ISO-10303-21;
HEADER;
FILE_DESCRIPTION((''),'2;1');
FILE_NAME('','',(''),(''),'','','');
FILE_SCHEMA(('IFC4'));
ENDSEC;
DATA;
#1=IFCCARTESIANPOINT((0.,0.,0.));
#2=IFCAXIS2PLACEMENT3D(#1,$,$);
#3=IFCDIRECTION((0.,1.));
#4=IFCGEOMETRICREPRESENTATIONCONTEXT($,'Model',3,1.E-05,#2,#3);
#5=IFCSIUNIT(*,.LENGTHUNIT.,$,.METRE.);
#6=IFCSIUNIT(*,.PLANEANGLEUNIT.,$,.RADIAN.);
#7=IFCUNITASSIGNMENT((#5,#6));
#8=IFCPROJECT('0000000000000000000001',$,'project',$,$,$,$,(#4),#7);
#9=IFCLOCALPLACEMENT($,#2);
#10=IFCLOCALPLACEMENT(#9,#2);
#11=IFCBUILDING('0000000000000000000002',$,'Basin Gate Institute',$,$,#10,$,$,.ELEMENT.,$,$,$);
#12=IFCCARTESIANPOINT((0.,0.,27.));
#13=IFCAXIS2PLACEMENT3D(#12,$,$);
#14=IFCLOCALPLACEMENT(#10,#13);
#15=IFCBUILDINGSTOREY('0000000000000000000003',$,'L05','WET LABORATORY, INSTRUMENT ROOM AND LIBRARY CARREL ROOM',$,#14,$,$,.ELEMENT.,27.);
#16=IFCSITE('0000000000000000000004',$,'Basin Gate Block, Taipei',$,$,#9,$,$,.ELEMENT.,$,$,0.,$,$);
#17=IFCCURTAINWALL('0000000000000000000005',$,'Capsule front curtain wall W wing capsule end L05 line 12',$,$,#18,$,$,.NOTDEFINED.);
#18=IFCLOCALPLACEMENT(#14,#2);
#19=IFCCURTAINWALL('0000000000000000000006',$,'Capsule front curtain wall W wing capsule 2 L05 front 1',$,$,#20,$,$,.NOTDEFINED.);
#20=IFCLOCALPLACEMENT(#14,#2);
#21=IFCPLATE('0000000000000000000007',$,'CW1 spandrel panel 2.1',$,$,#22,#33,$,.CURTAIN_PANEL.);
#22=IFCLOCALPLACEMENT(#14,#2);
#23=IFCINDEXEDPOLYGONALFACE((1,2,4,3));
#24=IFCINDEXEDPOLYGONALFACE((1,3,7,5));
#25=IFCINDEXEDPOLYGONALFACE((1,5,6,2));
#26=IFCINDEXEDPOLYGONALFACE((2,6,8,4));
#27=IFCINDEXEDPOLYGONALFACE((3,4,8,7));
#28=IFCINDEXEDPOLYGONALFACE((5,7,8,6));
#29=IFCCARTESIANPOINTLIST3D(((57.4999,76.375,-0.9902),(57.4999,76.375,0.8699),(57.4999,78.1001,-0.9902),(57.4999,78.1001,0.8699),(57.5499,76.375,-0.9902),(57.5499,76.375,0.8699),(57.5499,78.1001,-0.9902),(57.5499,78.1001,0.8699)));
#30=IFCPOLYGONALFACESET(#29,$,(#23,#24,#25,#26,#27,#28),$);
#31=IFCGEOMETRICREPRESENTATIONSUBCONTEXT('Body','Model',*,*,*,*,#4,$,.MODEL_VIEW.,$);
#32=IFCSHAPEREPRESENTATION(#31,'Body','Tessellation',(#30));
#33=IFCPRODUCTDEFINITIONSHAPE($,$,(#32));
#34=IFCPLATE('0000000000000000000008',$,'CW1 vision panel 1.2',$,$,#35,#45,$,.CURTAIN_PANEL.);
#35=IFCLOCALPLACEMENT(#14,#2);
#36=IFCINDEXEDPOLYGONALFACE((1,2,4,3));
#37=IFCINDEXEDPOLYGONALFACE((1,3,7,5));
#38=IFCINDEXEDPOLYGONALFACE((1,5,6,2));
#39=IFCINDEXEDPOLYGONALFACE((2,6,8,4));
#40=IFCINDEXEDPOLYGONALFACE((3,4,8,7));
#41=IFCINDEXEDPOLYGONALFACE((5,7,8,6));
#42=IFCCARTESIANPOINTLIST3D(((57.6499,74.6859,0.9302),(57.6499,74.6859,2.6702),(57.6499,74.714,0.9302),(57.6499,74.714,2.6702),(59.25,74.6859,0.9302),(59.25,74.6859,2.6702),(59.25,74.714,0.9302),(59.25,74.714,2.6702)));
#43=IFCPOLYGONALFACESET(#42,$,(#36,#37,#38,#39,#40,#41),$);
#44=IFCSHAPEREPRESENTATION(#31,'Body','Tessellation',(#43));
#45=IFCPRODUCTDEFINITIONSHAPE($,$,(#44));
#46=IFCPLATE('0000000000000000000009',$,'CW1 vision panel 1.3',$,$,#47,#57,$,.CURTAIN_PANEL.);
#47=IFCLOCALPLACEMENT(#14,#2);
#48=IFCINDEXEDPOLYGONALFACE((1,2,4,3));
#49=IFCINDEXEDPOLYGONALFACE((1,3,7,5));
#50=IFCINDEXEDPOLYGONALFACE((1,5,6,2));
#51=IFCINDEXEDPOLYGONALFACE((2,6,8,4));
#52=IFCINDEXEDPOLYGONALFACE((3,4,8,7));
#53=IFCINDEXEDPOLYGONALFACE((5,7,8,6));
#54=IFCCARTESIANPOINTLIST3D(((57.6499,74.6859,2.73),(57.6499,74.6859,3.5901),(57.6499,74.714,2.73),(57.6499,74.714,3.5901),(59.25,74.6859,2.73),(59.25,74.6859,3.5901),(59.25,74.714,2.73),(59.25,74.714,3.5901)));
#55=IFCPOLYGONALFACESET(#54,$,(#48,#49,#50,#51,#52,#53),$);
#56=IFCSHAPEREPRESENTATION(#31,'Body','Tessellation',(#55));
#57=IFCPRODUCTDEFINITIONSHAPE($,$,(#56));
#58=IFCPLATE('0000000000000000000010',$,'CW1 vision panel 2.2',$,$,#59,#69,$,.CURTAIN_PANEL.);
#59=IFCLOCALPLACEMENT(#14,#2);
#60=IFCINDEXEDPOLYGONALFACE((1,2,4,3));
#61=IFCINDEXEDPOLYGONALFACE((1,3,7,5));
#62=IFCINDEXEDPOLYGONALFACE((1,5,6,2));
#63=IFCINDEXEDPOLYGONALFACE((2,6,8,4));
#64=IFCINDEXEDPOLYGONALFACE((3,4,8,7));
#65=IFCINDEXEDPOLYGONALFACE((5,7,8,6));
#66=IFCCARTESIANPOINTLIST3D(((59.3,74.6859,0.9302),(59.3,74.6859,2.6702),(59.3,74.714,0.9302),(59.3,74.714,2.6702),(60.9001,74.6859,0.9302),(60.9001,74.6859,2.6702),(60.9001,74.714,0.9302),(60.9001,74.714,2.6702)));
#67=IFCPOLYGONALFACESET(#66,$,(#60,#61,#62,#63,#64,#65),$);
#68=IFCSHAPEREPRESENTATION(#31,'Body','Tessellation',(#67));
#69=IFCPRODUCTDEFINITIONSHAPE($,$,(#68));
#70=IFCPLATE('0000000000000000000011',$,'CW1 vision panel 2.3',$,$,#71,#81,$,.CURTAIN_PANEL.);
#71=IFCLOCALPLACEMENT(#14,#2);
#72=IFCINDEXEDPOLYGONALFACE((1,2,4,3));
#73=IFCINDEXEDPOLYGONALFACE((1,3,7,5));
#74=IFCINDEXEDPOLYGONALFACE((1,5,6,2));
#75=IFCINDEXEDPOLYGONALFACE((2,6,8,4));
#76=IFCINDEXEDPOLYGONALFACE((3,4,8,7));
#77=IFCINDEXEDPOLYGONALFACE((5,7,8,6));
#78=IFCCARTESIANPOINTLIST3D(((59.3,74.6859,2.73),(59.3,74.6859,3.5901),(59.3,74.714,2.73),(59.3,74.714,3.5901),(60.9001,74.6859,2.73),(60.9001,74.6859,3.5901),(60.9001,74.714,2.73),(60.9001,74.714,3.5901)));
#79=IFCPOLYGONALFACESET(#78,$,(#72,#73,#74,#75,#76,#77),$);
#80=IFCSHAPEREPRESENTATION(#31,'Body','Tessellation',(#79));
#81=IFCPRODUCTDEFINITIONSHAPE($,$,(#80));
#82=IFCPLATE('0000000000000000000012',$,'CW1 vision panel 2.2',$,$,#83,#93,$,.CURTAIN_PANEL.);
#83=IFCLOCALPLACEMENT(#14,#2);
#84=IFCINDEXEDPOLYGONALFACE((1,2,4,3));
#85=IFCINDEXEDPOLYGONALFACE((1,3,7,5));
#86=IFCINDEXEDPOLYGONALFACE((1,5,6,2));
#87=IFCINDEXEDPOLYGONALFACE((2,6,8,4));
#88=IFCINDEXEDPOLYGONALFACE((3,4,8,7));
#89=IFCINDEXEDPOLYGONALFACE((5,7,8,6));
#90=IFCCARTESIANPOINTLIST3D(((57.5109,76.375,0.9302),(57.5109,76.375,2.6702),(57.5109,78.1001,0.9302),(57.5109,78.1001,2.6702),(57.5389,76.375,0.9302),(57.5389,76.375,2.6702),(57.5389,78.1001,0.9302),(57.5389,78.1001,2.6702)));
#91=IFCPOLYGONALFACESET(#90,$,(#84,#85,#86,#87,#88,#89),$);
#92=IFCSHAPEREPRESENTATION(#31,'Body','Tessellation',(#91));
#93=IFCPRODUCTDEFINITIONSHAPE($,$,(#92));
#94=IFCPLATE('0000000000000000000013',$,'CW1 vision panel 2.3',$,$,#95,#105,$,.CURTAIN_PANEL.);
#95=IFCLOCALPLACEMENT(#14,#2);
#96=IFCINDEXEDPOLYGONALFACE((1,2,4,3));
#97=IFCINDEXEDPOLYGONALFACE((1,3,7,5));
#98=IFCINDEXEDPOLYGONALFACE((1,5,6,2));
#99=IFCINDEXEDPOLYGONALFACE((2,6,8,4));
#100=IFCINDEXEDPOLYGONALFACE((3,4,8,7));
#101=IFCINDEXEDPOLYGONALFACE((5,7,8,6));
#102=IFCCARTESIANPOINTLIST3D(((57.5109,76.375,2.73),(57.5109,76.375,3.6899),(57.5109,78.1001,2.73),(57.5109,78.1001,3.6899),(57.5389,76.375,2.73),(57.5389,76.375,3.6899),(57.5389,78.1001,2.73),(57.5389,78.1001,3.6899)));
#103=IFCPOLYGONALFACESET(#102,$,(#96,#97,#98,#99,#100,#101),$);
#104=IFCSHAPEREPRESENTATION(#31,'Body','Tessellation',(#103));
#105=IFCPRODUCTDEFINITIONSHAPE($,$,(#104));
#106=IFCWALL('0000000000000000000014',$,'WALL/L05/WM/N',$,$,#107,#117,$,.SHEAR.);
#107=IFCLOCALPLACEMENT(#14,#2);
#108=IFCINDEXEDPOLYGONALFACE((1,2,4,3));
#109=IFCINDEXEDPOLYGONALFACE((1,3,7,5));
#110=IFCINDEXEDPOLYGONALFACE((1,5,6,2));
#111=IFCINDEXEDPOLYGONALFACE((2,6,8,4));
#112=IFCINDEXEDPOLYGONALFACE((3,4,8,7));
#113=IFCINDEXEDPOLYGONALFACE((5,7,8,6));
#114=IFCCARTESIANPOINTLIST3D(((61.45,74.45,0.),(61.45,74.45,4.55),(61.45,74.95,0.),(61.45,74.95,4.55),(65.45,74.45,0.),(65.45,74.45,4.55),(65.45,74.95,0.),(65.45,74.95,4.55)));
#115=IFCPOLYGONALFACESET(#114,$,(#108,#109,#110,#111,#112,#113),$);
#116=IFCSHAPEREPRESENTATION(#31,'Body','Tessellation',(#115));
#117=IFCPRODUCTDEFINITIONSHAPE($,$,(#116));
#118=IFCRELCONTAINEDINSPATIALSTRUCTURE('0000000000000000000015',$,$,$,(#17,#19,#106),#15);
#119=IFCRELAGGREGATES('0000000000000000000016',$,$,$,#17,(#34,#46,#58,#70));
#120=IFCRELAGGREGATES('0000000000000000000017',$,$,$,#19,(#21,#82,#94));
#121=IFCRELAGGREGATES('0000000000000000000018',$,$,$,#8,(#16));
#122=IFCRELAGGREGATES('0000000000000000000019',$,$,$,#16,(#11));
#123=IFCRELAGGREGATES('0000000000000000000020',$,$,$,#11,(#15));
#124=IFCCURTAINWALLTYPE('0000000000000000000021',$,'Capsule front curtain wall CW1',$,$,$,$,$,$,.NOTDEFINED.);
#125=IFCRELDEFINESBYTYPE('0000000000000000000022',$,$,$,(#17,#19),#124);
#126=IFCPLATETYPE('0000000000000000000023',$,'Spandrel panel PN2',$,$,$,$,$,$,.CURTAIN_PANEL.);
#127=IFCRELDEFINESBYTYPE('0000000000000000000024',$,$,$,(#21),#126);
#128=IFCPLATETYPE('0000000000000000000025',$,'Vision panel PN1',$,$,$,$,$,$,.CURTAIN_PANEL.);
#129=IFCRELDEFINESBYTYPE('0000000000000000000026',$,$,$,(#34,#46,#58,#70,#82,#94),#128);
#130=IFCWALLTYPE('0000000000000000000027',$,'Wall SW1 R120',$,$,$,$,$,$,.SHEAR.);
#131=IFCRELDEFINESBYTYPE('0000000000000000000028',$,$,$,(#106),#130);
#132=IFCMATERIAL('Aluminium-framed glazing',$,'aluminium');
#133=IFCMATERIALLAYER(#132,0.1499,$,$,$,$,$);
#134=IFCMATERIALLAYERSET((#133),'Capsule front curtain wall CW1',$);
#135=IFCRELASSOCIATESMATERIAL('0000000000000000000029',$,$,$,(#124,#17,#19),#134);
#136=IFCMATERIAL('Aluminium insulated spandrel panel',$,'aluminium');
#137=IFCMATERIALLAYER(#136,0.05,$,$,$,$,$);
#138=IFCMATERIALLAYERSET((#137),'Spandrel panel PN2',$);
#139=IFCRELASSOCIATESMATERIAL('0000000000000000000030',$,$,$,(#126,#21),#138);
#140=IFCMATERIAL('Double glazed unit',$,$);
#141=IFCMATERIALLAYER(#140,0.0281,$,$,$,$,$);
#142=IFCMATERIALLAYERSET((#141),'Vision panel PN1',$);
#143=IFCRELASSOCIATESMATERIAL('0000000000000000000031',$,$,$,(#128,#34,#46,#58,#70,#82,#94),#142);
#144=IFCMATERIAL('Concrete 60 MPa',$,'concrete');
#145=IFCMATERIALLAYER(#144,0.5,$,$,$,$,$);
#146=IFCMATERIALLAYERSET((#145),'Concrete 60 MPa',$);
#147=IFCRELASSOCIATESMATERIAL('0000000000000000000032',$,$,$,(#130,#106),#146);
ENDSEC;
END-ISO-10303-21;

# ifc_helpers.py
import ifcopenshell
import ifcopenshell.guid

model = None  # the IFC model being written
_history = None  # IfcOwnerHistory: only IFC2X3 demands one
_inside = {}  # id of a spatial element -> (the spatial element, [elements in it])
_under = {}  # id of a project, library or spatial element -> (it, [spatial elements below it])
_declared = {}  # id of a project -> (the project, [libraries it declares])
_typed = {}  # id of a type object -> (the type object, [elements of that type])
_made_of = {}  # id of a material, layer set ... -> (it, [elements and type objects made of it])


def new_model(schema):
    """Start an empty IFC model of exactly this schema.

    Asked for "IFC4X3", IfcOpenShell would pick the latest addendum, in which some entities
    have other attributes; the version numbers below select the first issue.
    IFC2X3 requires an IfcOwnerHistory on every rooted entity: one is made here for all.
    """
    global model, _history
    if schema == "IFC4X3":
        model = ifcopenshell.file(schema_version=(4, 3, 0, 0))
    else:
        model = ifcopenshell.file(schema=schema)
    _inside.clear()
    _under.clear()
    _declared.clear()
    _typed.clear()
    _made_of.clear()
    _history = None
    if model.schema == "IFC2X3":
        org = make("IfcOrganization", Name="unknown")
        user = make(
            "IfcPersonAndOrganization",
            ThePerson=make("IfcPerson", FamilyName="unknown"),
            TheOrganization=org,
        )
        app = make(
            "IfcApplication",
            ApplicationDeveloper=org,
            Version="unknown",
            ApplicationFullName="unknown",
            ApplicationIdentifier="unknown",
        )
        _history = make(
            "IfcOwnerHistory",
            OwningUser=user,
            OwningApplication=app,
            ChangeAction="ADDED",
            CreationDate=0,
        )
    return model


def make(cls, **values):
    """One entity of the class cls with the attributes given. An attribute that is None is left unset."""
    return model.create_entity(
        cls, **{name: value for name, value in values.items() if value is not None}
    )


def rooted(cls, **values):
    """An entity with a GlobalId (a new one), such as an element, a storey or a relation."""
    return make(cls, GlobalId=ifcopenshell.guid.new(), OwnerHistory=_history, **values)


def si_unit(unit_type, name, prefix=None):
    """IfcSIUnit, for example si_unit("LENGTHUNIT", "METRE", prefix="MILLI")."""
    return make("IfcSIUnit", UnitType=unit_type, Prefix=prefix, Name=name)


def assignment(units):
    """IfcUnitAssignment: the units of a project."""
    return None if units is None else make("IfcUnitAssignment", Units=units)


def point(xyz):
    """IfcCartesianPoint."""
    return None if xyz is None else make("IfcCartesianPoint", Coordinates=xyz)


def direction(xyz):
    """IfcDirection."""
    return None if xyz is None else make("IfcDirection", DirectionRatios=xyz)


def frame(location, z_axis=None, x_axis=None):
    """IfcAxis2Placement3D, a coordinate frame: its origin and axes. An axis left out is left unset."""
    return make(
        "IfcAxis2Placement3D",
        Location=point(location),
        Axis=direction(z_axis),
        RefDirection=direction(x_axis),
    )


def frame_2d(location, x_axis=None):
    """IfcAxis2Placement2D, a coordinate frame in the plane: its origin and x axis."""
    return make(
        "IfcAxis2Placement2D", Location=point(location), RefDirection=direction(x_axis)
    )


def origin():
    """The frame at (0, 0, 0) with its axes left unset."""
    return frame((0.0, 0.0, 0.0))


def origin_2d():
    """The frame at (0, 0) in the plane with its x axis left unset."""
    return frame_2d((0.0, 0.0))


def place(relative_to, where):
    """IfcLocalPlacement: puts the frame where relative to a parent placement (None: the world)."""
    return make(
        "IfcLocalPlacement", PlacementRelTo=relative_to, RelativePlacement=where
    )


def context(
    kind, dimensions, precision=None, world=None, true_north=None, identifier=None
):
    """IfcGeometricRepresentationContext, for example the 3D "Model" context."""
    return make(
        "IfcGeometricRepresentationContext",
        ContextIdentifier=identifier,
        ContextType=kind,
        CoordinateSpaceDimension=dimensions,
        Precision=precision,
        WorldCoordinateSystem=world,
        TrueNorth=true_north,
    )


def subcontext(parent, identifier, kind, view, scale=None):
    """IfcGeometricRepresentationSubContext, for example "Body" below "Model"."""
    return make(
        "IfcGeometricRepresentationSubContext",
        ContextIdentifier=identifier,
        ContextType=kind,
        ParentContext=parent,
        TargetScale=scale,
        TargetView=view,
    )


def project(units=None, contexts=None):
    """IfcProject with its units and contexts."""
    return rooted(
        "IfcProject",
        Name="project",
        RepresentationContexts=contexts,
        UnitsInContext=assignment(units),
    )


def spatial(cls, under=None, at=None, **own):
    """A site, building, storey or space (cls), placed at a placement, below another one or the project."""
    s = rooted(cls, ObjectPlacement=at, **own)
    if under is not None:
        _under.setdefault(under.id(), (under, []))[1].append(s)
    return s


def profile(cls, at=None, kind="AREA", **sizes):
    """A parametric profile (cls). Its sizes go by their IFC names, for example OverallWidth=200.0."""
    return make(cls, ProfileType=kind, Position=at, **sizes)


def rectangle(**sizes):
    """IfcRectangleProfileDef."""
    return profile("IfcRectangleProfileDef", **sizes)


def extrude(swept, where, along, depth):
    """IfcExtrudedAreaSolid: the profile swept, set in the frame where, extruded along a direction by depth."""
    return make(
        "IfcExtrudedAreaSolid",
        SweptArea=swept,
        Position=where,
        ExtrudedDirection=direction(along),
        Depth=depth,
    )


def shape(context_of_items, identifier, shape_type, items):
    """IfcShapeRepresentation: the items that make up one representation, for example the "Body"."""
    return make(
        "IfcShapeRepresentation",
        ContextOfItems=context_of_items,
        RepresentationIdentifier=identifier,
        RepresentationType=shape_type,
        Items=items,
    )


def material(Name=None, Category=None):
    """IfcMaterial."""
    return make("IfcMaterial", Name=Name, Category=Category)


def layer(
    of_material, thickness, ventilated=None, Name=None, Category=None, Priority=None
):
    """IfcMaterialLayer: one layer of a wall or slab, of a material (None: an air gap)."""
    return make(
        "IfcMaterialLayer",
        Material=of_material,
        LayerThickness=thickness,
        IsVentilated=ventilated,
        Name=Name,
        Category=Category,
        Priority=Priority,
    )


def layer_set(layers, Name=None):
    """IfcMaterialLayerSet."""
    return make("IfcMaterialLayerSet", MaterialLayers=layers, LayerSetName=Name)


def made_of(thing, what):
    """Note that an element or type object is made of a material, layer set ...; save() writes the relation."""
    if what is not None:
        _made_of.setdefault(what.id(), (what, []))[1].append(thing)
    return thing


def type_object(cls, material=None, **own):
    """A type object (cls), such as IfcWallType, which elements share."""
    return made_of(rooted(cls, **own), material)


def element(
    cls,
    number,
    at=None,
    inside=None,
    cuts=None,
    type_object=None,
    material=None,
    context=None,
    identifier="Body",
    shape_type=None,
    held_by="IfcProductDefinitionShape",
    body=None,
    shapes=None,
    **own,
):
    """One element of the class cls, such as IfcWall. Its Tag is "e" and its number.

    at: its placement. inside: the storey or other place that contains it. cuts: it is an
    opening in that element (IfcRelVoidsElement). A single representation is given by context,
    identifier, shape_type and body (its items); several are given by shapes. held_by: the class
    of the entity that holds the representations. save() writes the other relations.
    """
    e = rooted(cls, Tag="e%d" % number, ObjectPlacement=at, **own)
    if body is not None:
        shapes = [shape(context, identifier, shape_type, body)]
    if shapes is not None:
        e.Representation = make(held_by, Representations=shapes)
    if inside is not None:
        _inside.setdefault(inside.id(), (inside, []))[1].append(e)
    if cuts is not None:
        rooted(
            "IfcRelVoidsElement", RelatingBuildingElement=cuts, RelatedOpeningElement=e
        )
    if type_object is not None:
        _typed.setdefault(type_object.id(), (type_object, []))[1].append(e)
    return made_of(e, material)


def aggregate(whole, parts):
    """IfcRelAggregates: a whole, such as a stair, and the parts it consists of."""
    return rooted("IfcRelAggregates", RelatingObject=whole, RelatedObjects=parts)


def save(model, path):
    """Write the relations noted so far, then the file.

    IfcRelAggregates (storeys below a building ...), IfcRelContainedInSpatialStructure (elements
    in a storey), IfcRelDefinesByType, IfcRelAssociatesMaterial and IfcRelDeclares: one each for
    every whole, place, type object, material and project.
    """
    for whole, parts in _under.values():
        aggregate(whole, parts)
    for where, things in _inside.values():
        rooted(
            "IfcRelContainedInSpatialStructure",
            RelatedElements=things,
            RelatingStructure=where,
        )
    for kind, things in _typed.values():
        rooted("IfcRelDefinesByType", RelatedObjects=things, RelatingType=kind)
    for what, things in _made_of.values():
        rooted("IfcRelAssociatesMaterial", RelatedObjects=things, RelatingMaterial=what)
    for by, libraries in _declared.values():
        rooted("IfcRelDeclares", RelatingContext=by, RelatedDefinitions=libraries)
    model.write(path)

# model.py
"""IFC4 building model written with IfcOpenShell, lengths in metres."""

from ifc_helpers import new_model, si_unit, direction, frame, frame_2d, origin, origin_2d, place, context, subcontext, project, spatial, rectangle, extrude, material, layer, layer_set, type_object, element, aggregate, save


model = new_model("IFC4")

# Units and contexts
model_context = context("Model", 3, precision=1e-05, world=origin(), true_north=direction((0.0, 1.0)))
body_context = subcontext(model_context, "Body", "Model", "MODEL_VIEW")
ifc_project = project(units=[si_unit("LENGTHUNIT", "METRE"), si_unit("PLANEANGLEUNIT", "RADIAN")], contexts=[model_context])

# Site, building, storey
site_placement = place(None, origin())
site = spatial("IfcSite", under=ifc_project, at=site_placement, Name="Basin Gate Block, Taipei", CompositionType="ELEMENT", RefElevation=0.0)
building_placement = place(site_placement, origin())
building = spatial("IfcBuilding", under=site, at=building_placement, Name="Basin Gate Institute", CompositionType="ELEMENT")
storey_placement = place(building_placement, frame((0.0, 0.0, 27.0)))
storey = spatial("IfcBuildingStorey", under=building, at=storey_placement, Name="L05", Description="WET LABORATORY, INSTRUMENT ROOM AND LIBRARY CARREL ROOM", CompositionType="ELEMENT", Elevation=27.0)

# Curtain wall
ifc_material_1 = material(Name="Aluminium-framed glazing", Category="aluminium")
ifc_layer_1 = layer(ifc_material_1, 0.1499)
ifc_layer_set_1 = layer_set([ifc_layer_1], Name="Capsule front curtain wall CW1")
curtain_wall_type = type_object("IfcCurtainWallType", Name="Capsule front curtain wall CW1", PredefinedType="NOTDEFINED", material=ifc_layer_set_1)
curtain_wall_1_placement = place(storey_placement, origin())
curtain_wall_1 = element("IfcCurtainWall", 1, at=curtain_wall_1_placement, inside=storey, type_object=curtain_wall_type, material=ifc_layer_set_1, Name="Capsule front curtain wall W wing capsule end L05 line 12", PredefinedType="NOTDEFINED")

# Curtain wall
curtain_wall_2_placement = place(storey_placement, origin())
curtain_wall_2 = element("IfcCurtainWall", 2, at=curtain_wall_2_placement, inside=storey, type_object=curtain_wall_type, material=ifc_layer_set_1, Name="Capsule front curtain wall W wing capsule 2 L05 front 1", PredefinedType="NOTDEFINED")

# Plates
ifc_material_2 = material(Name="Aluminium insulated spandrel panel", Category="aluminium")
ifc_layer_2 = layer(ifc_material_2, 0.05)
ifc_layer_set_2 = layer_set([ifc_layer_2], Name="Spandrel panel PN2")
plate_type_1 = type_object("IfcPlateType", Name="Spandrel panel PN2", PredefinedType="CURTAIN_PANEL", material=ifc_layer_set_2)
plate_1_placement = place(storey_placement, frame((57.5249, 77.2375, -0.9902), z_axis=(0.0, 0.0, 1.0), x_axis=(0.0, 1.0, 0.0)))
plate_1 = element("IfcPlate", 3, at=plate_1_placement, type_object=plate_type_1, material=ifc_layer_set_2, Name="CW1 spandrel panel 2.1", PredefinedType="CURTAIN_PANEL", context=body_context, shape_type="SweptSolid", body=[
    extrude(rectangle(XDim=1.7251, YDim=0.05, at=origin_2d()), origin(), (0.0, 0.0, 1.0), 1.8601),
])
ifc_material_3 = material(Name="Double glazed unit")
ifc_layer_3 = layer(ifc_material_3, 0.0281)
ifc_layer_set_3 = layer_set([ifc_layer_3], Name="Vision panel PN1")
plate_type_2 = type_object("IfcPlateType", Name="Vision panel PN1", PredefinedType="CURTAIN_PANEL", material=ifc_layer_set_3)
plate_2_placement = place(storey_placement, frame((58.45, 74.7, 0.9302), z_axis=(0.0, 0.0, 1.0), x_axis=(1.0, 0.0, 0.0)))
plate_2 = element("IfcPlate", 4, at=plate_2_placement, type_object=plate_type_2, material=ifc_layer_set_3, Name="CW1 vision panel 1.2", PredefinedType="CURTAIN_PANEL", context=body_context, shape_type="SweptSolid", body=[
    extrude(rectangle(XDim=1.6001, YDim=0.0281, at=origin_2d()), origin(), (0.0, 0.0, 1.0), 1.74),
])
plate_3_placement = place(storey_placement, frame((58.45, 74.7, 2.73), z_axis=(0.0, 0.0, 1.0), x_axis=(1.0, 0.0, 0.0)))
plate_3 = element("IfcPlate", 5, at=plate_3_placement, type_object=plate_type_2, material=ifc_layer_set_3, Name="CW1 vision panel 1.3", PredefinedType="CURTAIN_PANEL", context=body_context, shape_type="SweptSolid", body=[
    extrude(rectangle(XDim=1.6001, YDim=0.0281, at=origin_2d()), origin(), (0.0, 0.0, 1.0), 0.8601),
])
plate_4_placement = place(storey_placement, frame((60.1001, 74.7, 0.9302), z_axis=(0.0, 0.0, 1.0), x_axis=(1.0, 0.0, 0.0)))
plate_4 = element("IfcPlate", 6, at=plate_4_placement, type_object=plate_type_2, material=ifc_layer_set_3, Name="CW1 vision panel 2.2", PredefinedType="CURTAIN_PANEL", context=body_context, shape_type="SweptSolid", body=[
    extrude(rectangle(XDim=1.6001, YDim=0.0281, at=origin_2d()), origin(), (0.0, 0.0, 1.0), 1.74),
])
plate_5_placement = place(storey_placement, frame((60.1001, 74.7, 2.73), z_axis=(0.0, 0.0, 1.0), x_axis=(1.0, 0.0, 0.0)))
plate_5 = element("IfcPlate", 7, at=plate_5_placement, type_object=plate_type_2, material=ifc_layer_set_3, Name="CW1 vision panel 2.3", PredefinedType="CURTAIN_PANEL", context=body_context, shape_type="SweptSolid", body=[
    extrude(rectangle(XDim=1.6001, YDim=0.0281, at=origin_2d()), origin(), (0.0, 0.0, 1.0), 0.8601),
])
aggregate(curtain_wall_1, [plate_2, plate_3, plate_4, plate_5])
plate_6_placement = place(storey_placement, frame((57.5249, 77.2375, 0.9302), z_axis=(0.0, 0.0, 1.0), x_axis=(0.0, 1.0, 0.0)))
plate_6 = element("IfcPlate", 8, at=plate_6_placement, type_object=plate_type_2, material=ifc_layer_set_3, Name="CW1 vision panel 2.2", PredefinedType="CURTAIN_PANEL", context=body_context, shape_type="SweptSolid", body=[
    extrude(rectangle(XDim=1.7251, YDim=0.0281, at=origin_2d()), origin(), (0.0, 0.0, 1.0), 1.74),
])
plate_7_placement = place(storey_placement, frame((57.5249, 77.2375, 2.73), z_axis=(0.0, 0.0, 1.0), x_axis=(0.0, 1.0, 0.0)))
plate_7 = element("IfcPlate", 9, at=plate_7_placement, type_object=plate_type_2, material=ifc_layer_set_3, Name="CW1 vision panel 2.3", PredefinedType="CURTAIN_PANEL", context=body_context, shape_type="SweptSolid", body=[
    extrude(rectangle(XDim=1.7251, YDim=0.0281, at=origin_2d()), origin(), (0.0, 0.0, 1.0), 0.96),
])
aggregate(curtain_wall_2, [plate_1, plate_6, plate_7])

# Wall
ifc_material_4 = material(Name="Concrete 60 MPa", Category="concrete")
ifc_layer_4 = layer(ifc_material_4, 0.5)
ifc_layer_set_4 = layer_set([ifc_layer_4], Name="Concrete 60 MPa")
wall_type = type_object("IfcWallType", Name="Wall SW1 R120", PredefinedType="SHEAR", material=ifc_layer_set_4)
wall_placement = place(storey_placement, frame((61.45, 74.7, 0.0), z_axis=(0.0, 0.0, 1.0), x_axis=(1.0, 0.0, 0.0)))
element("IfcWall", 10, at=wall_placement, inside=storey, type_object=wall_type, material=ifc_layer_set_4, Name="WALL/L05/WM/N", PredefinedType="SHEAR", context=body_context, shape_type="SweptSolid", body=[
    extrude(rectangle(XDim=4.0, YDim=0.5, at=frame_2d((2.0, 0.0))), origin(), (0.0, 0.0, 1.0), 4.55),
])

save(model, "model.ifc")
